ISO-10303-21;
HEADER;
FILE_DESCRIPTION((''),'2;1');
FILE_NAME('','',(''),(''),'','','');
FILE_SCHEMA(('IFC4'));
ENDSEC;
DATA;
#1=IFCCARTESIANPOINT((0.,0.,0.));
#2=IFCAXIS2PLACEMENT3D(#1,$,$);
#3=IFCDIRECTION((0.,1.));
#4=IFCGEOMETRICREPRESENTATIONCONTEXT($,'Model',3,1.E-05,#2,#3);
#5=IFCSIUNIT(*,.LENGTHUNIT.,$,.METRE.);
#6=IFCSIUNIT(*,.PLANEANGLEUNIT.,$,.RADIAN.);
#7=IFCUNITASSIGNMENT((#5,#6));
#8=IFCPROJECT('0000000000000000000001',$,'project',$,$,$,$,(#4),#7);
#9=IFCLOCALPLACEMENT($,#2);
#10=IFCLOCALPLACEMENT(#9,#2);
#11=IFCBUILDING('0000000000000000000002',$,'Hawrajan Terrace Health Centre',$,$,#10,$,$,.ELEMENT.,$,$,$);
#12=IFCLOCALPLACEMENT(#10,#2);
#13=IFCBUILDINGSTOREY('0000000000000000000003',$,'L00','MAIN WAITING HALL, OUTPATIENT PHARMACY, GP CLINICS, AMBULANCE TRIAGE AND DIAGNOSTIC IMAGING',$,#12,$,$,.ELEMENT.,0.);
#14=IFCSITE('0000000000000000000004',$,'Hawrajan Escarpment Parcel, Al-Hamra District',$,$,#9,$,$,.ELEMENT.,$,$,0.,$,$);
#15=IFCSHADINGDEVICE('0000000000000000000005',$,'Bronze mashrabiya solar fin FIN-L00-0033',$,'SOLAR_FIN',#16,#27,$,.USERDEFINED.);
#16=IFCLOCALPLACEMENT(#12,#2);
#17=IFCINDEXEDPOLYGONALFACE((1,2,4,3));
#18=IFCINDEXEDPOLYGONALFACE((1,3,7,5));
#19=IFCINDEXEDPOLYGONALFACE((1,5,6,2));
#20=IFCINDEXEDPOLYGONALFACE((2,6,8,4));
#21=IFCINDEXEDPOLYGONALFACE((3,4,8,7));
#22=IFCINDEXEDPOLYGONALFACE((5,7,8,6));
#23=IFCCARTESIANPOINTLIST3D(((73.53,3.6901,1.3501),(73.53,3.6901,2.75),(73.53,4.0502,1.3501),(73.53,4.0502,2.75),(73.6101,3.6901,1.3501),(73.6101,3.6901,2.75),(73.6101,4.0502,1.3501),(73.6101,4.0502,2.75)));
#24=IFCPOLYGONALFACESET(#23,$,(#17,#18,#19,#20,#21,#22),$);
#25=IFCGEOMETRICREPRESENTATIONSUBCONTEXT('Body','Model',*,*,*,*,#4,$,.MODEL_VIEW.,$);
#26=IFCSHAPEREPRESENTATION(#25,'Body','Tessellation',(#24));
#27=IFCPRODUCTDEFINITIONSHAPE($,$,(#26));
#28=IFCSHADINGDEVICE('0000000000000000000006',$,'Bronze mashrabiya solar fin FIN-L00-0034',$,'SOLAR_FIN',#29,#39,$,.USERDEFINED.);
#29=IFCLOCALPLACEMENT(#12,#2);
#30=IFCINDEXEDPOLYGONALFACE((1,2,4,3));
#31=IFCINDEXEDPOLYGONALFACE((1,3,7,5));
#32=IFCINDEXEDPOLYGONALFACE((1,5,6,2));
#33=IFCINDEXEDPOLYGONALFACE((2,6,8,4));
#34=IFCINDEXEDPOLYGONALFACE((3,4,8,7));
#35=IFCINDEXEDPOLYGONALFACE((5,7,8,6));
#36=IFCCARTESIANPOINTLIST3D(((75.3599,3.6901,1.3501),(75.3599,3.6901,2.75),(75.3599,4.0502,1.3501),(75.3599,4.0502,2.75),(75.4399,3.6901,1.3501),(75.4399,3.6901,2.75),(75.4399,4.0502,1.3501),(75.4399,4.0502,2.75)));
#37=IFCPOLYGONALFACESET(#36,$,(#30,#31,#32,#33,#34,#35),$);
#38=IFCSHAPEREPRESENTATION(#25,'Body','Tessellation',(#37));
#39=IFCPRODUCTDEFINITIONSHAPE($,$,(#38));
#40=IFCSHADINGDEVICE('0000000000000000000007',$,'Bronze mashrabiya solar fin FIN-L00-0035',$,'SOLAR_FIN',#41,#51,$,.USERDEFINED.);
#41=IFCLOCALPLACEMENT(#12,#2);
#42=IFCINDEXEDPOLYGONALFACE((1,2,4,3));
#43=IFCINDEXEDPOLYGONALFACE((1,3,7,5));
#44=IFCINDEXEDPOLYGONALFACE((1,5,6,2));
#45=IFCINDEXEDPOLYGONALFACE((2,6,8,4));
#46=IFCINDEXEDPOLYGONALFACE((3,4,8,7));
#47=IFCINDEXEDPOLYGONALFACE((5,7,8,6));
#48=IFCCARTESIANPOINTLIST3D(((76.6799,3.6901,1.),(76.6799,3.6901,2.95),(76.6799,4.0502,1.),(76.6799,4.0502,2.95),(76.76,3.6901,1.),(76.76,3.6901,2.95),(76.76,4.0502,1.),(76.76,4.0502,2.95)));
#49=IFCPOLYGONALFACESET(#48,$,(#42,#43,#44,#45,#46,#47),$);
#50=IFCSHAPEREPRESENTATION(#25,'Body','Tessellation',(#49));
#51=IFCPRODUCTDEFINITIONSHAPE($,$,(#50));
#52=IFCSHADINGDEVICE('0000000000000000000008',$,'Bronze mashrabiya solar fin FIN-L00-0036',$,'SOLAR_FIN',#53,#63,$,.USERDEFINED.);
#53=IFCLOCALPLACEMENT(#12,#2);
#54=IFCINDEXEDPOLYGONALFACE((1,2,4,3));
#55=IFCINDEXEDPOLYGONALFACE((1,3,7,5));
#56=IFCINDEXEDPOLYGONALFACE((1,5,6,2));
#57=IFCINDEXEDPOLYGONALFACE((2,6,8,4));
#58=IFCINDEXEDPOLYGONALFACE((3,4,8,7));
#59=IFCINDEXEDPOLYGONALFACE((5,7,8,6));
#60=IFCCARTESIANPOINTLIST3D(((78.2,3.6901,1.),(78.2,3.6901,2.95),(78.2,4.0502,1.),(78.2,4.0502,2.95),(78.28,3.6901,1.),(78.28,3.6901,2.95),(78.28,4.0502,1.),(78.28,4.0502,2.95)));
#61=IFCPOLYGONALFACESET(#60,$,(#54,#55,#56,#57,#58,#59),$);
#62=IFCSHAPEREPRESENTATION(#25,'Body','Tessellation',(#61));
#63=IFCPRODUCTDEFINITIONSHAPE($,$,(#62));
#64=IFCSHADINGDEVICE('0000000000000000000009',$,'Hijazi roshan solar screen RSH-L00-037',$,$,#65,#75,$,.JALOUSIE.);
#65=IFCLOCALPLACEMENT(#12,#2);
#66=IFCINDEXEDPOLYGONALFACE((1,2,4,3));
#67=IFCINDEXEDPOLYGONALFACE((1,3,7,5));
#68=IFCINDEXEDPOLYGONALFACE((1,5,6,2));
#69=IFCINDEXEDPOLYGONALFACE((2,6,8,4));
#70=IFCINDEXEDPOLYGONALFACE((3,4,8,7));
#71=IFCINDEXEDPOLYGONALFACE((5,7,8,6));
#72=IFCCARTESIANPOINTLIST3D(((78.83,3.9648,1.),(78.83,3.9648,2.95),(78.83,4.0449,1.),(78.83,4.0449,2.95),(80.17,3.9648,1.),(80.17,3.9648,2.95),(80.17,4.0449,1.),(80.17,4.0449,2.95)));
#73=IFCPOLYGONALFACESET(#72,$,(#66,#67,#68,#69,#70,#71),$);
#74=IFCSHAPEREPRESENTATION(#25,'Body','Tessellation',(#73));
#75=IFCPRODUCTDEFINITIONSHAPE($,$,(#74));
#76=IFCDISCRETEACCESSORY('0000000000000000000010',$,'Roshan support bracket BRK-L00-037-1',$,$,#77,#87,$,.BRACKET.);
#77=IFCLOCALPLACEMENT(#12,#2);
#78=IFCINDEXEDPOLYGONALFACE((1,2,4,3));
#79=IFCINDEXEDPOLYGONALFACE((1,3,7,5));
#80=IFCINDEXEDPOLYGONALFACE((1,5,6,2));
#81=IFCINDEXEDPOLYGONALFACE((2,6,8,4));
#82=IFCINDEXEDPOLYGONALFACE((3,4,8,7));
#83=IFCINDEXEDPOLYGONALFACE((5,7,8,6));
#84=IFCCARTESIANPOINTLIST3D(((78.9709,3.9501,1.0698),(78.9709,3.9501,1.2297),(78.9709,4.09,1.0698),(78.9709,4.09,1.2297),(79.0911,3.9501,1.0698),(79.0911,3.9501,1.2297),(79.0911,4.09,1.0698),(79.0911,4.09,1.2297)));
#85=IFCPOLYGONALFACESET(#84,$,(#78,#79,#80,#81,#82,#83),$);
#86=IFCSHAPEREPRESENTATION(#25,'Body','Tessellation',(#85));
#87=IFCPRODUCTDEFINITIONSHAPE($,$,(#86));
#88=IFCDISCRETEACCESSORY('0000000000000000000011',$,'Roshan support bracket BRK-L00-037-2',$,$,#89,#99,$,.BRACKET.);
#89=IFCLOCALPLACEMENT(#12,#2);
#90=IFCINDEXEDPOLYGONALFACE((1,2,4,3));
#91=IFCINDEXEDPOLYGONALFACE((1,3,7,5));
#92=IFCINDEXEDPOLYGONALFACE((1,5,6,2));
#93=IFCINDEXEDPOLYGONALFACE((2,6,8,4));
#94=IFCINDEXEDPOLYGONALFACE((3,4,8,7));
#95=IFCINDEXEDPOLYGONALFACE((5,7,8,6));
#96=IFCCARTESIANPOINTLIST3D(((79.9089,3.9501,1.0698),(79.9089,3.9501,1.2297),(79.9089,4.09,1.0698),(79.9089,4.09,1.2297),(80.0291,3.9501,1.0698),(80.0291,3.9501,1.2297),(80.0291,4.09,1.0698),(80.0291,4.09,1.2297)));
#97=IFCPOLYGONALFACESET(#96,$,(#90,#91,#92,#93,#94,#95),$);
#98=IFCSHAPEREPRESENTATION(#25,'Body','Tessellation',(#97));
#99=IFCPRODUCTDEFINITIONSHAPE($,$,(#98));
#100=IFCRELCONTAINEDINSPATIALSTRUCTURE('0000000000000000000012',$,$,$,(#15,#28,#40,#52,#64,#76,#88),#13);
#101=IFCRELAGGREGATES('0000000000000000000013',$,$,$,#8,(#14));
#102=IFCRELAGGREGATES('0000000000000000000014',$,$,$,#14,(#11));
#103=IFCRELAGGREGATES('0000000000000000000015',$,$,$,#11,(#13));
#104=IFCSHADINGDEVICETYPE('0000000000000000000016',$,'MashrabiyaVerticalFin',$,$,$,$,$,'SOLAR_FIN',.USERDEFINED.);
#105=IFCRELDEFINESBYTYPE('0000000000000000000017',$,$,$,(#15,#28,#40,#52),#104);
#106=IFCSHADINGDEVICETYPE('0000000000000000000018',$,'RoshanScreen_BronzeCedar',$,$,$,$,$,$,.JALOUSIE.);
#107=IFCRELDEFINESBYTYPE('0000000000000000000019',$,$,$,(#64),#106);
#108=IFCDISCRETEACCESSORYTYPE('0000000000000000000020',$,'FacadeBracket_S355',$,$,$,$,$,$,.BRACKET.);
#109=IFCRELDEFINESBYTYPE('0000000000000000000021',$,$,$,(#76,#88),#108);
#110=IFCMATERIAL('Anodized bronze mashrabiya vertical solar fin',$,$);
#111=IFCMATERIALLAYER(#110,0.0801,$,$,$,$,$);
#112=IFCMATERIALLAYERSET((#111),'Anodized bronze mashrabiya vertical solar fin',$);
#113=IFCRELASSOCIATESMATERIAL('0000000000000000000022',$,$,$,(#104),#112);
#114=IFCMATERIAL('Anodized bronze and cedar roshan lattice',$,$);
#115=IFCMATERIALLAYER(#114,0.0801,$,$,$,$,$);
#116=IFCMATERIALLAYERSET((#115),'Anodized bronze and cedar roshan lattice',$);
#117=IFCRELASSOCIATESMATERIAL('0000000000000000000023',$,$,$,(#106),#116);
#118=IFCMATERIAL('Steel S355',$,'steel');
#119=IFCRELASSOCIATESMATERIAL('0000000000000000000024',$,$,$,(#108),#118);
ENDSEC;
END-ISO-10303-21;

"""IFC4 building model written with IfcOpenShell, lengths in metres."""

from ifc_helpers import new_model, si_unit, direction, frame, origin, origin_2d, place, context, subcontext, project, spatial, rectangle, extrude, material, layer, layer_set, type_object, element, save


model = new_model("IFC4")

# Units and contexts
model_context = context("Model", 3, precision=1e-05, world=origin(), true_north=direction((0.0, 1.0)))
body_context = subcontext(model_context, "Body", "Model", "MODEL_VIEW")
ifc_project = project(units=[si_unit("LENGTHUNIT", "METRE"), si_unit("PLANEANGLEUNIT", "RADIAN")], contexts=[model_context])

# Site, building, storey
site_placement = place(None, origin())
site = spatial("IfcSite", under=ifc_project, at=site_placement, Name="Hawrajan Escarpment Parcel, Al-Hamra District", CompositionType="ELEMENT", RefElevation=0.0)
building_placement = place(site_placement, origin())
building = spatial("IfcBuilding", under=site, at=building_placement, Name="Hawrajan Terrace Health Centre", CompositionType="ELEMENT")
storey_placement = place(building_placement, origin())
storey = spatial("IfcBuildingStorey", under=building, at=storey_placement, Name="L00", Description="MAIN WAITING HALL, OUTPATIENT PHARMACY, GP CLINICS, AMBULANCE TRIAGE AND DIAGNOSTIC IMAGING", CompositionType="ELEMENT", Elevation=0.0)

# Shading devices
ifc_material_1 = material(Name="Anodized bronze mashrabiya vertical solar fin")
ifc_layer_1 = layer(ifc_material_1, 0.0801)
ifc_layer_set_1 = layer_set([ifc_layer_1], Name="Anodized bronze mashrabiya vertical solar fin")
shading_device_type_1 = type_object("IfcShadingDeviceType", Name="MashrabiyaVerticalFin", ElementType="SOLAR_FIN", PredefinedType="USERDEFINED", material=ifc_layer_set_1)
for number, where, z_axis, x_axis, name in (
    (1, (73.5701, 3.8701, 1.3501), (0.0, 0.0, 1.0), (1.0, 0.0, 0.0), "Bronze mashrabiya solar fin FIN-L00-0033"),
    (2, (75.3999, 3.8701, 1.3501), (0.0, 0.0, 1.0), (1.0, 0.0, 0.0), "Bronze mashrabiya solar fin FIN-L00-0034"),
):
    element("IfcShadingDevice", number, at=place(storey_placement, frame(where, z_axis=z_axis, x_axis=x_axis)), inside=storey, type_object=shading_device_type_1, Name=name, ObjectType="SOLAR_FIN", PredefinedType="USERDEFINED", context=body_context, shape_type="SweptSolid", body=[
        extrude(rectangle(XDim=0.0801, YDim=0.3601, at=origin_2d()), origin(), (0.0, 0.0, 1.0), 1.3999),
    ])
for number, where, z_axis, x_axis, name in (
    (3, (76.72, 3.8701, 1.0), (0.0, 0.0, 1.0), (1.0, 0.0, 0.0), "Bronze mashrabiya solar fin FIN-L00-0035"),
    (4, (78.24, 3.8701, 1.0), (0.0, 0.0, 1.0), (1.0, 0.0, 0.0), "Bronze mashrabiya solar fin FIN-L00-0036"),
):
    element("IfcShadingDevice", number, at=place(storey_placement, frame(where, z_axis=z_axis, x_axis=x_axis)), inside=storey, type_object=shading_device_type_1, Name=name, ObjectType="SOLAR_FIN", PredefinedType="USERDEFINED", context=body_context, shape_type="SweptSolid", body=[
        extrude(rectangle(XDim=0.0801, YDim=0.3601, at=origin_2d()), origin(), (0.0, 0.0, 1.0), 1.95),
    ])
ifc_material_2 = material(Name="Anodized bronze and cedar roshan lattice")
ifc_layer_2 = layer(ifc_material_2, 0.0801)
ifc_layer_set_2 = layer_set([ifc_layer_2], Name="Anodized bronze and cedar roshan lattice")
shading_device_type_2 = type_object("IfcShadingDeviceType", Name="RoshanScreen_BronzeCedar", PredefinedType="JALOUSIE", material=ifc_layer_set_2)
shading_device_placement = place(storey_placement, frame((79.5, 4.0049, 1.0), z_axis=(0.0, 0.0, 1.0), x_axis=(1.0, 0.0, 0.0)))
element("IfcShadingDevice", 5, at=shading_device_placement, inside=storey, type_object=shading_device_type_2, Name="Hijazi roshan solar screen RSH-L00-037", PredefinedType="JALOUSIE", context=body_context, shape_type="SweptSolid", body=[
    extrude(rectangle(XDim=1.3401, YDim=0.0801, at=origin_2d()), origin(), (0.0, 0.0, 1.0), 1.95),
])

# Discrete accessories
ifc_material_3 = material(Name="Steel S355", Category="steel")
discrete_accessory_type = type_object("IfcDiscreteAccessoryType", Name="FacadeBracket_S355", PredefinedType="BRACKET", material=ifc_material_3)
for number, where, z_axis, x_axis, name in (
    (6, (79.031, 4.02, 1.0698), (0.0, 0.0, 1.0), (1.0, 0.0, 0.0), "Roshan support bracket BRK-L00-037-1"),
    (7, (79.969, 4.02, 1.0698), (0.0, 0.0, 1.0), (1.0, 0.0, 0.0), "Roshan support bracket BRK-L00-037-2"),
):
    element("IfcDiscreteAccessory", number, at=place(storey_placement, frame(where, z_axis=z_axis, x_axis=x_axis)), inside=storey, type_object=discrete_accessory_type, Name=name, PredefinedType="BRACKET", context=body_context, shape_type="SweptSolid", body=[
        extrude(rectangle(XDim=0.1201, YDim=0.1399, at=origin_2d()), origin(), (0.0, 0.0, 1.0), 0.1599),
    ])

save(model, "model.ifc")
